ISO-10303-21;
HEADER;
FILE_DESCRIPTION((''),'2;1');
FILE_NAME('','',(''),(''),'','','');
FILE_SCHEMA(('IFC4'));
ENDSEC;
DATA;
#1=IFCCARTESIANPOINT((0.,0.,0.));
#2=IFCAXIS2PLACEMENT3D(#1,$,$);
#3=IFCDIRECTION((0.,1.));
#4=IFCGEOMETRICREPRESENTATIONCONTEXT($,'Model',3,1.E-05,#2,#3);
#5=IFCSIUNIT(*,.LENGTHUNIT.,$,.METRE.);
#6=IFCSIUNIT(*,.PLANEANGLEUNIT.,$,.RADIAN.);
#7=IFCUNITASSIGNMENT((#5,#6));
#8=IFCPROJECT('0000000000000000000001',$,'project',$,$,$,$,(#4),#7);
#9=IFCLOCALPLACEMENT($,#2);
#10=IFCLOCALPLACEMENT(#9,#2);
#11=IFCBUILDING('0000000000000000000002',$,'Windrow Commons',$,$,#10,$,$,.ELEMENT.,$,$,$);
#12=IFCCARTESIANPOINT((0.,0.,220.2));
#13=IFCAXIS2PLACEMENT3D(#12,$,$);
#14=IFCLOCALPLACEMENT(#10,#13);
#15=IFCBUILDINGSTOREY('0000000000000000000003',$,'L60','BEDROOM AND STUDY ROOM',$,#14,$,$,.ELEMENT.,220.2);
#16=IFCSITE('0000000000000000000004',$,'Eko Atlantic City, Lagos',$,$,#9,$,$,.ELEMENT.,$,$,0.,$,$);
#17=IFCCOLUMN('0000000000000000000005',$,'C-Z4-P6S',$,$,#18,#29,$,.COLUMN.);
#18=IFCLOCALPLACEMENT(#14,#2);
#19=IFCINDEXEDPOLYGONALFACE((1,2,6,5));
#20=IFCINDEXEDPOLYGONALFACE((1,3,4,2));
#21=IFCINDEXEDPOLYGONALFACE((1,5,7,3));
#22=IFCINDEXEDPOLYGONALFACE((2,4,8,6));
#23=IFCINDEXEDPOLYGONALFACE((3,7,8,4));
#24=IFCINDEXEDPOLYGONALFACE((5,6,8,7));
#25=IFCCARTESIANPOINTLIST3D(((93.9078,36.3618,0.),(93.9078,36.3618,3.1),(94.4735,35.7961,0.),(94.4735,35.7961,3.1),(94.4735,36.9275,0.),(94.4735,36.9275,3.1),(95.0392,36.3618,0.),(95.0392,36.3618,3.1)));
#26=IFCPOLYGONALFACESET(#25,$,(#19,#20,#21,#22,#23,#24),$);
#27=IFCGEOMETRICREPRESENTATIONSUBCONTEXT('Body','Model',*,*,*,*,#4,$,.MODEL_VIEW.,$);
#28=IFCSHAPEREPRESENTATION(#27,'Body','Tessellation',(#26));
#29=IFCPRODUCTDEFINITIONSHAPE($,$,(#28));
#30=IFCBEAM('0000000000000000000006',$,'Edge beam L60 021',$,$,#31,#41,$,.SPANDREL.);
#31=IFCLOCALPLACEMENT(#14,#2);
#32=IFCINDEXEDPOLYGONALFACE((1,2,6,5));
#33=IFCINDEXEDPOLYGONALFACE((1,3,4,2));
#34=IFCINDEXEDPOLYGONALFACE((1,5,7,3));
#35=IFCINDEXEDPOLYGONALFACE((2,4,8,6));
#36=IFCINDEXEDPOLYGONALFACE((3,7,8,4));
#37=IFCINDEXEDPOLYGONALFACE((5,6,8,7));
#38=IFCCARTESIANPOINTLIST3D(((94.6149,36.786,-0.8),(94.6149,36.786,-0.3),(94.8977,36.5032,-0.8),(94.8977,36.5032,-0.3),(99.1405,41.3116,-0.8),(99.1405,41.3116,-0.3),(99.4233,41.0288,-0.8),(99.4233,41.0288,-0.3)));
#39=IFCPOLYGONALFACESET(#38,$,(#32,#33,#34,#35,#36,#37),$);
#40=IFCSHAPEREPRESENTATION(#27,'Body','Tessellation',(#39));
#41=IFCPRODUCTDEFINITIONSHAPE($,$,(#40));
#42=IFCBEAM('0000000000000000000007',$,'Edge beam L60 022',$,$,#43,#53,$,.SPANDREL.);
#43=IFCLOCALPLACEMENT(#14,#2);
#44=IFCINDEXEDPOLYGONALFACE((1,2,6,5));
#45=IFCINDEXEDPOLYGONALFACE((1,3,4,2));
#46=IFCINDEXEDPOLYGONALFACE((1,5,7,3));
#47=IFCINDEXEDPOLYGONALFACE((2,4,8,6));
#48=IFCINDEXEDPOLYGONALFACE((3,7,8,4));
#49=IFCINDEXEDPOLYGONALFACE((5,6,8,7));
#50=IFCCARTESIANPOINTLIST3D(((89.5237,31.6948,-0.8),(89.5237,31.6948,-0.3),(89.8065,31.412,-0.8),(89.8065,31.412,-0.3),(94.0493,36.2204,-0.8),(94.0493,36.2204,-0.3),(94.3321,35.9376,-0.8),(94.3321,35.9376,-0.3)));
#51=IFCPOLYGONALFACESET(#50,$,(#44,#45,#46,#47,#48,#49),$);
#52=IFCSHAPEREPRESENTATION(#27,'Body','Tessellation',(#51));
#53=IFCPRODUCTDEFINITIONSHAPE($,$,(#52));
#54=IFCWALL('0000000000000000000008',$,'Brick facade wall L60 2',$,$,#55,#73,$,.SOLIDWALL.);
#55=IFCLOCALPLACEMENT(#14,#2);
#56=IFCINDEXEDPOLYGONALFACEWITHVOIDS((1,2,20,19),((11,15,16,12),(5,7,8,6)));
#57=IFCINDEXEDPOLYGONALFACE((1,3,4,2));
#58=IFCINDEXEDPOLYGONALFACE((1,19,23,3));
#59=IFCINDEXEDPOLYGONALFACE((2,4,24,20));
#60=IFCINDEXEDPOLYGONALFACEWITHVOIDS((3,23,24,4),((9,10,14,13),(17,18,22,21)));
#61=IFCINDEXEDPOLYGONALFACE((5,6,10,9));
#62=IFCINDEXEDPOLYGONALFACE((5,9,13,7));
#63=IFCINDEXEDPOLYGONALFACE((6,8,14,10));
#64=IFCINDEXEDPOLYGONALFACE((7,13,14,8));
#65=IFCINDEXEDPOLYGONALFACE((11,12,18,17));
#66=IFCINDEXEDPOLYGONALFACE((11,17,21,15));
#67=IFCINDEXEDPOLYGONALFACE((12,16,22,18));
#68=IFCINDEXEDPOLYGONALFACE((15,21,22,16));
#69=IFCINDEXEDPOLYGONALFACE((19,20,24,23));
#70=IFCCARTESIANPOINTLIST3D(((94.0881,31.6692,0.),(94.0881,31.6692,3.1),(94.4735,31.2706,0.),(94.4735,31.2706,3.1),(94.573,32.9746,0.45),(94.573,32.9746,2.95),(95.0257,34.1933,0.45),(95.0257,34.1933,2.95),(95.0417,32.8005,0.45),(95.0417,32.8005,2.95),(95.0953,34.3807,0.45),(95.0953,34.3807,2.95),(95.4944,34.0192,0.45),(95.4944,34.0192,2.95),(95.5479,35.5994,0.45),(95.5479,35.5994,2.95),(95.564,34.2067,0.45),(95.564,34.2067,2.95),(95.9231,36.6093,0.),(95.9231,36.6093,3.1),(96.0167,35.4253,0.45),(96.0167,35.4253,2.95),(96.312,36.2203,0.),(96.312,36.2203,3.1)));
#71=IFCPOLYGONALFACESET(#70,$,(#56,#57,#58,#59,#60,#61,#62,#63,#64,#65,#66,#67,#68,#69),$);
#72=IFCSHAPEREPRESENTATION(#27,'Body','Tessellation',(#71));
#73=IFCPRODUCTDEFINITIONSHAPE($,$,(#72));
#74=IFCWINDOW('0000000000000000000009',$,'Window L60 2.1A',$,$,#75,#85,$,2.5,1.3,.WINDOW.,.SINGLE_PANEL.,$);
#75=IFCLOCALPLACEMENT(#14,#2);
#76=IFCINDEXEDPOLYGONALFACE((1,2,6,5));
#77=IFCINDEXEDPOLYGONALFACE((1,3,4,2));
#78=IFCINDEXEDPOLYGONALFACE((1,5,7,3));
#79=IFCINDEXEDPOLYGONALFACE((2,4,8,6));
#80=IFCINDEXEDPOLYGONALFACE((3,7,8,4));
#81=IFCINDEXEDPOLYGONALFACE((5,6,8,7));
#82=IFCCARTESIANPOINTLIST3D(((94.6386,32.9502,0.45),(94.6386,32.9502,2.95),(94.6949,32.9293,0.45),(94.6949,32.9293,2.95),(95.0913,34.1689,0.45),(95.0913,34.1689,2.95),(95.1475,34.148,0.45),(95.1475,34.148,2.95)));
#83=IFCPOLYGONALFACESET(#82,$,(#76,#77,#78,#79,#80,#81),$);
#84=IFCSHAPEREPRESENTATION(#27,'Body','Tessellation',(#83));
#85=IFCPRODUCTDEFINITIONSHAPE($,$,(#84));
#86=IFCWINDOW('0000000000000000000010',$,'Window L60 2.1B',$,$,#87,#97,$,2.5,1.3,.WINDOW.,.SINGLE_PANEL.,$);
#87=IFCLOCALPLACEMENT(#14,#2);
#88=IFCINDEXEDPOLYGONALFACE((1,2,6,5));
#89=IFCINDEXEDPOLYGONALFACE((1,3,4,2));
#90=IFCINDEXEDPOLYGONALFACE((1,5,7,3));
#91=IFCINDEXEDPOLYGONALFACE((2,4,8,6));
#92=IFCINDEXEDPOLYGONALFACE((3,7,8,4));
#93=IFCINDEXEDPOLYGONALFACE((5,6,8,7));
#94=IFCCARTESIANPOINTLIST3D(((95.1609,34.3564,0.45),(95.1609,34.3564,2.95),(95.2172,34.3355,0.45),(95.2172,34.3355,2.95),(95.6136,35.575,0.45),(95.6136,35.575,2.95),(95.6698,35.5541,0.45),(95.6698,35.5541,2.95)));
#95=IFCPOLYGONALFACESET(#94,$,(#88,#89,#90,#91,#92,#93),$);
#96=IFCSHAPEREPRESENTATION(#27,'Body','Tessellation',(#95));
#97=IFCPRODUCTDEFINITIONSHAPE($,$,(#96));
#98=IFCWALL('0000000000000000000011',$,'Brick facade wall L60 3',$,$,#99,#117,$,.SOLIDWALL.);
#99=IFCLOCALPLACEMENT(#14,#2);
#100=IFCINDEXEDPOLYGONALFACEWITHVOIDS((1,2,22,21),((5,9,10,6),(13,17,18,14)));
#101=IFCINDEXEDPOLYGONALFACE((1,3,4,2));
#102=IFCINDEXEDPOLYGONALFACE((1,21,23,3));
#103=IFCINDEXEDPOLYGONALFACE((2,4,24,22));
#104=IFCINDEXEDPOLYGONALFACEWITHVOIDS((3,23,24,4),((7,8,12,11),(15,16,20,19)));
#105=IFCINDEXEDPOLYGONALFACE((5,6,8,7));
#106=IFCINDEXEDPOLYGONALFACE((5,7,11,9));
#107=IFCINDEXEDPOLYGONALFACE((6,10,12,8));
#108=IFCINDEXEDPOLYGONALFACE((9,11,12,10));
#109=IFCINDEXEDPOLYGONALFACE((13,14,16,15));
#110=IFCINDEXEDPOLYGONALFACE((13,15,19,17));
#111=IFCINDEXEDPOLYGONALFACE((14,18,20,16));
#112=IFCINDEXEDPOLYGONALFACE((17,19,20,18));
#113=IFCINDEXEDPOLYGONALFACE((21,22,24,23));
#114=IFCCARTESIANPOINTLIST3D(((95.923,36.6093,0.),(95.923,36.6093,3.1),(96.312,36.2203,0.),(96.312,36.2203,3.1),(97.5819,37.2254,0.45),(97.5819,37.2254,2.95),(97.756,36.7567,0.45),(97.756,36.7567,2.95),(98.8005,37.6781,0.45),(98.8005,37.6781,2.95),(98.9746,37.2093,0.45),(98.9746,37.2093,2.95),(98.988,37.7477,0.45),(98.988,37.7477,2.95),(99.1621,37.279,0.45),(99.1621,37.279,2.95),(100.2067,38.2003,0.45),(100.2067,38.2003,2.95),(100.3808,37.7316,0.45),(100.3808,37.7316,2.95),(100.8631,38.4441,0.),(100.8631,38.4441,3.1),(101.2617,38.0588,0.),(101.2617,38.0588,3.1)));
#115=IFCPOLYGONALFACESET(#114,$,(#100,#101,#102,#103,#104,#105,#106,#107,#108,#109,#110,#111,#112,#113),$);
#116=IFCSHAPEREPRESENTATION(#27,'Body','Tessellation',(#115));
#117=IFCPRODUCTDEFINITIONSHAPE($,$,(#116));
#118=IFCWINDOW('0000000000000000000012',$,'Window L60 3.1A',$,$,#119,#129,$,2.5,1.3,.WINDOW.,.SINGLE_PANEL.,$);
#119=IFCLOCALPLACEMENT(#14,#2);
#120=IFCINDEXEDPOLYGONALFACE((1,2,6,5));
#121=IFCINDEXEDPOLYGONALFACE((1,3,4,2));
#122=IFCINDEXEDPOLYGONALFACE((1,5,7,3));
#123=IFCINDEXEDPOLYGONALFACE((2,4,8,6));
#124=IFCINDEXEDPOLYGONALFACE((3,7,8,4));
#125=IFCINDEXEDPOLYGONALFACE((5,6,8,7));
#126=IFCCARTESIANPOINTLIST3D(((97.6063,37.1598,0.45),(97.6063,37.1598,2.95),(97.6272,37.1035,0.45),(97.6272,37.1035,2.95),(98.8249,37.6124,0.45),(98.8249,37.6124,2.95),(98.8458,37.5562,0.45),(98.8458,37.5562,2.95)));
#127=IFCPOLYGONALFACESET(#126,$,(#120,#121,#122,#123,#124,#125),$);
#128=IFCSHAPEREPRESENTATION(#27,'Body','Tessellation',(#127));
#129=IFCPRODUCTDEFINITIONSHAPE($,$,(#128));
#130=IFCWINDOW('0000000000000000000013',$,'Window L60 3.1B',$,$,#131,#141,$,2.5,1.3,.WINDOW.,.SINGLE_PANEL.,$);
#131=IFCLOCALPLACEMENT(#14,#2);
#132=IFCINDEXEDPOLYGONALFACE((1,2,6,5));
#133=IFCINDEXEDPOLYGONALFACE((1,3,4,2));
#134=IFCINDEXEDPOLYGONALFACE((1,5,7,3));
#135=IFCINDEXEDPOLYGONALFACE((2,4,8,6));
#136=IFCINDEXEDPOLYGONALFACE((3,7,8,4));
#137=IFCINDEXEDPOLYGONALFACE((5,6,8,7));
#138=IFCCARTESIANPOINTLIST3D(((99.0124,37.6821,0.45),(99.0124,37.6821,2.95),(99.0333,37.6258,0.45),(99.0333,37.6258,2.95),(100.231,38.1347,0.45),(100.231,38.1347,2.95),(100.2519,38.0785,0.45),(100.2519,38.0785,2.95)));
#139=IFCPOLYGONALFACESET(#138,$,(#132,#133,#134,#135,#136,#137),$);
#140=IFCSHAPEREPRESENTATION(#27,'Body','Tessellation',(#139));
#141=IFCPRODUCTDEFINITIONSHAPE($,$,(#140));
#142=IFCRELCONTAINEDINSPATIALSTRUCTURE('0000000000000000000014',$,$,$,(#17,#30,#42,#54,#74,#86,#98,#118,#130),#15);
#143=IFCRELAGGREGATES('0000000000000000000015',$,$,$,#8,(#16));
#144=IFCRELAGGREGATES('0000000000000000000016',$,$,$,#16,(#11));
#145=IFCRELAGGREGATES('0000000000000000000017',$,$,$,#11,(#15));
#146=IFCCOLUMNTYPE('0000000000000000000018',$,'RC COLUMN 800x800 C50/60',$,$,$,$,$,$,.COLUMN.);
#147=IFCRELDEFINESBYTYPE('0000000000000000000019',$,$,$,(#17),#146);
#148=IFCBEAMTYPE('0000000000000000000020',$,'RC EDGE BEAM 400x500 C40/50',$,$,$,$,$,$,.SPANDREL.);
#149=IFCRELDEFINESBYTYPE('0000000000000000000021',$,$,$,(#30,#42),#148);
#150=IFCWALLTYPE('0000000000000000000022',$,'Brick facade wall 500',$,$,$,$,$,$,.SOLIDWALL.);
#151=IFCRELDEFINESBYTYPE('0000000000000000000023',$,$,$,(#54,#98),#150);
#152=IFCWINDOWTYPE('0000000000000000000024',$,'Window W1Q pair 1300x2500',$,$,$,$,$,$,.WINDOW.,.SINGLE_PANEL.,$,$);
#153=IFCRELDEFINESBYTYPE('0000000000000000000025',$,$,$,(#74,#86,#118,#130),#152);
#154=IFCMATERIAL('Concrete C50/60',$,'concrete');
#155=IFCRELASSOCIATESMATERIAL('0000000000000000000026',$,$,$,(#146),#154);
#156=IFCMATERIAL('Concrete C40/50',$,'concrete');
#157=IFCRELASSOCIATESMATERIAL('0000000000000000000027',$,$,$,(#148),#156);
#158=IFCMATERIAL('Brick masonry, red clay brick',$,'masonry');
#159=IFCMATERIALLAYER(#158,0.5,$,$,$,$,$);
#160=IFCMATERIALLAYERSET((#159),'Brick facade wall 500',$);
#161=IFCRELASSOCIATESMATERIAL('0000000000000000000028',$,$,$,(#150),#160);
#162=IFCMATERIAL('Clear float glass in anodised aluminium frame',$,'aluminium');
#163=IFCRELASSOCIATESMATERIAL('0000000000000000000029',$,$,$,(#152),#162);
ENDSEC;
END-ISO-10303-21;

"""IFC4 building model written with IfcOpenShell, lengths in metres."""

from ifc_helpers import new_model, si_unit, direction, frame, frame_2d, origin, origin_2d, place, context, subcontext, project, spatial, polyline, rectangle, outline, extrude, material, layer, layer_set, material_profile, profile_set, type_object, element, fill, save


model = new_model("IFC4")

# Units and contexts
model_context = context("Model", 3, precision=1e-05, world=origin(), true_north=direction((0.0, 1.0)))
body_context = subcontext(model_context, "Body", "Model", "MODEL_VIEW")
ifc_project = project(units=[si_unit("LENGTHUNIT", "METRE"), si_unit("PLANEANGLEUNIT", "RADIAN")], contexts=[model_context])

# Site, building, storey
site_placement = place(None, origin())
site = spatial("IfcSite", under=ifc_project, at=site_placement, Name="Eko Atlantic City, Lagos", CompositionType="ELEMENT", RefElevation=0.0)
building_placement = place(site_placement, origin())
building = spatial("IfcBuilding", under=site, at=building_placement, Name="Windrow Commons", CompositionType="ELEMENT")
storey_placement = place(building_placement, frame((0.0, 0.0, 220.2)))
storey = spatial("IfcBuildingStorey", under=building, at=storey_placement, Name="L60", Description="BEDROOM AND STUDY ROOM", CompositionType="ELEMENT", Elevation=220.2)

# Column
ifc_material_1 = material(Name="Concrete C50/60", Category="concrete")
ifc_material_profile_1 = material_profile(ifc_material_1, rectangle(XDim=0.8, YDim=0.8, at=origin_2d()))
ifc_profile_set_1 = profile_set([ifc_material_profile_1], Name="Concrete C50/60")
column_type = type_object("IfcColumnType", Name="RC COLUMN 800x800 C50/60", PredefinedType="COLUMN", material=ifc_profile_set_1)
column_placement = place(storey_placement, frame((94.4735, 36.3618, 0.0), z_axis=(0.0, 0.0, 1.0), x_axis=(0.707107, -0.707107, 0.0)))
element("IfcColumn", 1, at=column_placement, inside=storey, type_object=column_type, Name="C-Z4-P6S", PredefinedType="COLUMN", context=body_context, shape_type="SweptSolid", body=[
    extrude(rectangle(XDim=0.8, YDim=0.8, at=origin_2d()), origin(), (0.0, 0.0, 1.0), 3.1),
])

# Beams
ifc_material_2 = material(Name="Concrete C40/50", Category="concrete")
ifc_material_profile_2 = material_profile(ifc_material_2, rectangle(XDim=0.4, YDim=0.5, at=origin_2d()))
ifc_profile_set_2 = profile_set([ifc_material_profile_2], Name="Concrete C40/50")
beam_type = type_object("IfcBeamType", Name="RC EDGE BEAM 400x500 C40/50", PredefinedType="SPANDREL", material=ifc_profile_set_2)
for number, where, z_axis, x_axis, name in (
    (2, (99.2819, 41.1702, -0.55), (-0.707107, -0.707107, 0.0), (0.707107, -0.707107, 0.0), "Edge beam L60 021"),
    (3, (94.1907, 36.079, -0.55), (-0.707107, -0.707107, 0.0), (0.707107, -0.707107, 0.0), "Edge beam L60 022"),
):
    element("IfcBeam", number, at=place(storey_placement, frame(where, z_axis=z_axis, x_axis=x_axis)), inside=storey, type_object=beam_type, Name=name, PredefinedType="SPANDREL", context=body_context, shape_type="SweptSolid", body=[
        extrude(rectangle(XDim=0.4, YDim=0.5, at=origin_2d()), origin(), (0.0, 0.0, 1.0), 6.4002),
    ])

# Walls, openings, windows
ifc_material_3 = material(Name="Brick masonry, red clay brick", Category="masonry")
ifc_layer_1 = layer(ifc_material_3, 0.5)
ifc_layer_set_1 = layer_set([ifc_layer_1], Name="Brick facade wall 500")
wall_type_1 = type_object("IfcWallType", Name="Brick facade wall 500", PredefinedType="SOLIDWALL", material=ifc_layer_set_1)
wall_1_placement = place(storey_placement, frame((94.2808, 31.4699, 0.0), z_axis=(0.0, 0.0, 1.0), x_axis=(0.34819, 0.937424, 0.0)))
wall_1 = element("IfcWall", 4, at=wall_1_placement, inside=storey, type_object=wall_type_1, Name="Brick facade wall L60 2", PredefinedType="SOLIDWALL", context=body_context, shape_type="SweptSolid", body=[
    extrude(outline(polyline([(-0.1197, -0.25), (5.1604, -0.25), (5.3896, 0.25), (0.1197, 0.25), (-0.1197, -0.25)])), origin(), (0.0, 0.0, 1.0), 3.1),
])
opening_1_placement = place(wall_1_placement, frame((1.5123, 0.0, 0.45)))
opening_1 = element("IfcOpeningElement", 5, at=opening_1_placement, cuts=wall_1, PredefinedType="OPENING", context=body_context, shape_type="SweptSolid", body=[
    extrude(rectangle(XDim=1.3, YDim=2.5, at=frame_2d((0.65, 1.25))), frame((0.0, 0.26, 0.0), z_axis=(0.0, -1.0, 0.0), x_axis=(1.0, 0.0, 0.0)), (0.0, 0.0, 1.0), 0.52),
])
opening_2_placement = place(wall_1_placement, frame((3.0123, 0.0, 0.45)))
opening_2 = element("IfcOpeningElement", 6, at=opening_2_placement, cuts=wall_1, PredefinedType="OPENING", context=body_context, shape_type="SweptSolid", body=[
    extrude(rectangle(XDim=1.3, YDim=2.5, at=frame_2d((0.65, 1.25))), frame((0.0, 0.26, 0.0), z_axis=(0.0, -1.0, 0.0), x_axis=(1.0, 0.0, 0.0)), (0.0, 0.0, 1.0), 0.52),
])
ifc_material_4 = material(Name="Clear float glass in anodised aluminium frame", Category="aluminium")
window_type = type_object("IfcWindowType", Name="Window W1Q pair 1300x2500", PartitioningType="SINGLE_PANEL", PredefinedType="WINDOW", material=ifc_material_4)
window_1_placement = place(opening_1_placement, origin())
window_1 = element("IfcWindow", 7, at=window_1_placement, inside=storey, type_object=window_type, Name="Window L60 2.1A", OverallHeight=2.5, OverallWidth=1.3, PartitioningType="SINGLE_PANEL", PredefinedType="WINDOW", context=body_context, shape_type="SweptSolid", body=[
    extrude(rectangle(XDim=1.3, YDim=2.5, at=frame_2d((0.65, 1.25))), frame((0.0, 0.18, 0.0), z_axis=(0.0, -1.0, 0.0), x_axis=(1.0, 0.0, 0.0)), (0.0, 0.0, 1.0), 0.06),
])
fill(opening_1, window_1)
window_2_placement = place(opening_2_placement, origin())
window_2 = element("IfcWindow", 8, at=window_2_placement, inside=storey, type_object=window_type, Name="Window L60 2.1B", OverallHeight=2.5, OverallWidth=1.3, PartitioningType="SINGLE_PANEL", PredefinedType="WINDOW", context=body_context, shape_type="SweptSolid", body=[
    extrude(rectangle(XDim=1.3, YDim=2.5, at=frame_2d((0.65, 1.25))), frame((0.0, 0.18, 0.0), z_axis=(0.0, -1.0, 0.0), x_axis=(1.0, 0.0, 0.0)), (0.0, 0.0, 1.0), 0.06),
])
fill(opening_2, window_2)
wall_2_placement = place(storey_placement, frame((96.1175, 36.4148, 0.0), z_axis=(0.0, 0.0, 1.0), x_axis=(0.937424, 0.34819, 0.0)))
wall_2 = element("IfcWall", 9, at=wall_2_placement, inside=storey, type_object=wall_type_1, Name="Brick facade wall L60 3", PredefinedType="SOLIDWALL", context=body_context, shape_type="SweptSolid", body=[
    extrude(outline(polyline([(0.1146, -0.25), (5.3947, -0.25), (5.1552, 0.25), (-0.1146, 0.25), (0.1146, -0.25)])), origin(), (0.0, 0.0, 1.0), 3.1),
])
opening_3_placement = place(wall_2_placement, frame((1.655, 0.0, 0.45)))
opening_3 = element("IfcOpeningElement", 10, at=opening_3_placement, cuts=wall_2, PredefinedType="OPENING", context=body_context, shape_type="SweptSolid", body=[
    extrude(rectangle(XDim=1.3, YDim=2.5, at=frame_2d((0.65, 1.25))), frame((0.0, 0.26, 0.0), z_axis=(0.0, -1.0, 0.0), x_axis=(1.0, 0.0, 0.0)), (0.0, 0.0, 1.0), 0.52),
])
opening_4_placement = place(wall_2_placement, frame((3.155, 0.0, 0.45)))
opening_4 = element("IfcOpeningElement", 11, at=opening_4_placement, cuts=wall_2, PredefinedType="OPENING", context=body_context, shape_type="SweptSolid", body=[
    extrude(rectangle(XDim=1.3, YDim=2.5, at=frame_2d((0.65, 1.25))), frame((0.0, 0.26, 0.0), z_axis=(0.0, -1.0, 0.0), x_axis=(1.0, 0.0, 0.0)), (0.0, 0.0, 1.0), 0.52),
])
window_3_placement = place(opening_3_placement, origin())
window_3 = element("IfcWindow", 12, at=window_3_placement, inside=storey, type_object=window_type, Name="Window L60 3.1A", OverallHeight=2.5, OverallWidth=1.3, PartitioningType="SINGLE_PANEL", PredefinedType="WINDOW", context=body_context, shape_type="SweptSolid", body=[
    extrude(rectangle(XDim=1.3, YDim=2.5, at=frame_2d((0.65, 1.25))), frame((0.0, 0.18, 0.0), z_axis=(0.0, -1.0, 0.0), x_axis=(1.0, 0.0, 0.0)), (0.0, 0.0, 1.0), 0.06),
])
fill(opening_3, window_3)
window_4_placement = place(opening_4_placement, origin())
window_4 = element("IfcWindow", 13, at=window_4_placement, inside=storey, type_object=window_type, Name="Window L60 3.1B", OverallHeight=2.5, OverallWidth=1.3, PartitioningType="SINGLE_PANEL", PredefinedType="WINDOW", context=body_context, shape_type="SweptSolid", body=[
    extrude(rectangle(XDim=1.3, YDim=2.5, at=frame_2d((0.65, 1.25))), frame((0.0, 0.18, 0.0), z_axis=(0.0, -1.0, 0.0), x_axis=(1.0, 0.0, 0.0)), (0.0, 0.0, 1.0), 0.06),
])
fill(opening_4, window_4)

save(model, "model.ifc")
